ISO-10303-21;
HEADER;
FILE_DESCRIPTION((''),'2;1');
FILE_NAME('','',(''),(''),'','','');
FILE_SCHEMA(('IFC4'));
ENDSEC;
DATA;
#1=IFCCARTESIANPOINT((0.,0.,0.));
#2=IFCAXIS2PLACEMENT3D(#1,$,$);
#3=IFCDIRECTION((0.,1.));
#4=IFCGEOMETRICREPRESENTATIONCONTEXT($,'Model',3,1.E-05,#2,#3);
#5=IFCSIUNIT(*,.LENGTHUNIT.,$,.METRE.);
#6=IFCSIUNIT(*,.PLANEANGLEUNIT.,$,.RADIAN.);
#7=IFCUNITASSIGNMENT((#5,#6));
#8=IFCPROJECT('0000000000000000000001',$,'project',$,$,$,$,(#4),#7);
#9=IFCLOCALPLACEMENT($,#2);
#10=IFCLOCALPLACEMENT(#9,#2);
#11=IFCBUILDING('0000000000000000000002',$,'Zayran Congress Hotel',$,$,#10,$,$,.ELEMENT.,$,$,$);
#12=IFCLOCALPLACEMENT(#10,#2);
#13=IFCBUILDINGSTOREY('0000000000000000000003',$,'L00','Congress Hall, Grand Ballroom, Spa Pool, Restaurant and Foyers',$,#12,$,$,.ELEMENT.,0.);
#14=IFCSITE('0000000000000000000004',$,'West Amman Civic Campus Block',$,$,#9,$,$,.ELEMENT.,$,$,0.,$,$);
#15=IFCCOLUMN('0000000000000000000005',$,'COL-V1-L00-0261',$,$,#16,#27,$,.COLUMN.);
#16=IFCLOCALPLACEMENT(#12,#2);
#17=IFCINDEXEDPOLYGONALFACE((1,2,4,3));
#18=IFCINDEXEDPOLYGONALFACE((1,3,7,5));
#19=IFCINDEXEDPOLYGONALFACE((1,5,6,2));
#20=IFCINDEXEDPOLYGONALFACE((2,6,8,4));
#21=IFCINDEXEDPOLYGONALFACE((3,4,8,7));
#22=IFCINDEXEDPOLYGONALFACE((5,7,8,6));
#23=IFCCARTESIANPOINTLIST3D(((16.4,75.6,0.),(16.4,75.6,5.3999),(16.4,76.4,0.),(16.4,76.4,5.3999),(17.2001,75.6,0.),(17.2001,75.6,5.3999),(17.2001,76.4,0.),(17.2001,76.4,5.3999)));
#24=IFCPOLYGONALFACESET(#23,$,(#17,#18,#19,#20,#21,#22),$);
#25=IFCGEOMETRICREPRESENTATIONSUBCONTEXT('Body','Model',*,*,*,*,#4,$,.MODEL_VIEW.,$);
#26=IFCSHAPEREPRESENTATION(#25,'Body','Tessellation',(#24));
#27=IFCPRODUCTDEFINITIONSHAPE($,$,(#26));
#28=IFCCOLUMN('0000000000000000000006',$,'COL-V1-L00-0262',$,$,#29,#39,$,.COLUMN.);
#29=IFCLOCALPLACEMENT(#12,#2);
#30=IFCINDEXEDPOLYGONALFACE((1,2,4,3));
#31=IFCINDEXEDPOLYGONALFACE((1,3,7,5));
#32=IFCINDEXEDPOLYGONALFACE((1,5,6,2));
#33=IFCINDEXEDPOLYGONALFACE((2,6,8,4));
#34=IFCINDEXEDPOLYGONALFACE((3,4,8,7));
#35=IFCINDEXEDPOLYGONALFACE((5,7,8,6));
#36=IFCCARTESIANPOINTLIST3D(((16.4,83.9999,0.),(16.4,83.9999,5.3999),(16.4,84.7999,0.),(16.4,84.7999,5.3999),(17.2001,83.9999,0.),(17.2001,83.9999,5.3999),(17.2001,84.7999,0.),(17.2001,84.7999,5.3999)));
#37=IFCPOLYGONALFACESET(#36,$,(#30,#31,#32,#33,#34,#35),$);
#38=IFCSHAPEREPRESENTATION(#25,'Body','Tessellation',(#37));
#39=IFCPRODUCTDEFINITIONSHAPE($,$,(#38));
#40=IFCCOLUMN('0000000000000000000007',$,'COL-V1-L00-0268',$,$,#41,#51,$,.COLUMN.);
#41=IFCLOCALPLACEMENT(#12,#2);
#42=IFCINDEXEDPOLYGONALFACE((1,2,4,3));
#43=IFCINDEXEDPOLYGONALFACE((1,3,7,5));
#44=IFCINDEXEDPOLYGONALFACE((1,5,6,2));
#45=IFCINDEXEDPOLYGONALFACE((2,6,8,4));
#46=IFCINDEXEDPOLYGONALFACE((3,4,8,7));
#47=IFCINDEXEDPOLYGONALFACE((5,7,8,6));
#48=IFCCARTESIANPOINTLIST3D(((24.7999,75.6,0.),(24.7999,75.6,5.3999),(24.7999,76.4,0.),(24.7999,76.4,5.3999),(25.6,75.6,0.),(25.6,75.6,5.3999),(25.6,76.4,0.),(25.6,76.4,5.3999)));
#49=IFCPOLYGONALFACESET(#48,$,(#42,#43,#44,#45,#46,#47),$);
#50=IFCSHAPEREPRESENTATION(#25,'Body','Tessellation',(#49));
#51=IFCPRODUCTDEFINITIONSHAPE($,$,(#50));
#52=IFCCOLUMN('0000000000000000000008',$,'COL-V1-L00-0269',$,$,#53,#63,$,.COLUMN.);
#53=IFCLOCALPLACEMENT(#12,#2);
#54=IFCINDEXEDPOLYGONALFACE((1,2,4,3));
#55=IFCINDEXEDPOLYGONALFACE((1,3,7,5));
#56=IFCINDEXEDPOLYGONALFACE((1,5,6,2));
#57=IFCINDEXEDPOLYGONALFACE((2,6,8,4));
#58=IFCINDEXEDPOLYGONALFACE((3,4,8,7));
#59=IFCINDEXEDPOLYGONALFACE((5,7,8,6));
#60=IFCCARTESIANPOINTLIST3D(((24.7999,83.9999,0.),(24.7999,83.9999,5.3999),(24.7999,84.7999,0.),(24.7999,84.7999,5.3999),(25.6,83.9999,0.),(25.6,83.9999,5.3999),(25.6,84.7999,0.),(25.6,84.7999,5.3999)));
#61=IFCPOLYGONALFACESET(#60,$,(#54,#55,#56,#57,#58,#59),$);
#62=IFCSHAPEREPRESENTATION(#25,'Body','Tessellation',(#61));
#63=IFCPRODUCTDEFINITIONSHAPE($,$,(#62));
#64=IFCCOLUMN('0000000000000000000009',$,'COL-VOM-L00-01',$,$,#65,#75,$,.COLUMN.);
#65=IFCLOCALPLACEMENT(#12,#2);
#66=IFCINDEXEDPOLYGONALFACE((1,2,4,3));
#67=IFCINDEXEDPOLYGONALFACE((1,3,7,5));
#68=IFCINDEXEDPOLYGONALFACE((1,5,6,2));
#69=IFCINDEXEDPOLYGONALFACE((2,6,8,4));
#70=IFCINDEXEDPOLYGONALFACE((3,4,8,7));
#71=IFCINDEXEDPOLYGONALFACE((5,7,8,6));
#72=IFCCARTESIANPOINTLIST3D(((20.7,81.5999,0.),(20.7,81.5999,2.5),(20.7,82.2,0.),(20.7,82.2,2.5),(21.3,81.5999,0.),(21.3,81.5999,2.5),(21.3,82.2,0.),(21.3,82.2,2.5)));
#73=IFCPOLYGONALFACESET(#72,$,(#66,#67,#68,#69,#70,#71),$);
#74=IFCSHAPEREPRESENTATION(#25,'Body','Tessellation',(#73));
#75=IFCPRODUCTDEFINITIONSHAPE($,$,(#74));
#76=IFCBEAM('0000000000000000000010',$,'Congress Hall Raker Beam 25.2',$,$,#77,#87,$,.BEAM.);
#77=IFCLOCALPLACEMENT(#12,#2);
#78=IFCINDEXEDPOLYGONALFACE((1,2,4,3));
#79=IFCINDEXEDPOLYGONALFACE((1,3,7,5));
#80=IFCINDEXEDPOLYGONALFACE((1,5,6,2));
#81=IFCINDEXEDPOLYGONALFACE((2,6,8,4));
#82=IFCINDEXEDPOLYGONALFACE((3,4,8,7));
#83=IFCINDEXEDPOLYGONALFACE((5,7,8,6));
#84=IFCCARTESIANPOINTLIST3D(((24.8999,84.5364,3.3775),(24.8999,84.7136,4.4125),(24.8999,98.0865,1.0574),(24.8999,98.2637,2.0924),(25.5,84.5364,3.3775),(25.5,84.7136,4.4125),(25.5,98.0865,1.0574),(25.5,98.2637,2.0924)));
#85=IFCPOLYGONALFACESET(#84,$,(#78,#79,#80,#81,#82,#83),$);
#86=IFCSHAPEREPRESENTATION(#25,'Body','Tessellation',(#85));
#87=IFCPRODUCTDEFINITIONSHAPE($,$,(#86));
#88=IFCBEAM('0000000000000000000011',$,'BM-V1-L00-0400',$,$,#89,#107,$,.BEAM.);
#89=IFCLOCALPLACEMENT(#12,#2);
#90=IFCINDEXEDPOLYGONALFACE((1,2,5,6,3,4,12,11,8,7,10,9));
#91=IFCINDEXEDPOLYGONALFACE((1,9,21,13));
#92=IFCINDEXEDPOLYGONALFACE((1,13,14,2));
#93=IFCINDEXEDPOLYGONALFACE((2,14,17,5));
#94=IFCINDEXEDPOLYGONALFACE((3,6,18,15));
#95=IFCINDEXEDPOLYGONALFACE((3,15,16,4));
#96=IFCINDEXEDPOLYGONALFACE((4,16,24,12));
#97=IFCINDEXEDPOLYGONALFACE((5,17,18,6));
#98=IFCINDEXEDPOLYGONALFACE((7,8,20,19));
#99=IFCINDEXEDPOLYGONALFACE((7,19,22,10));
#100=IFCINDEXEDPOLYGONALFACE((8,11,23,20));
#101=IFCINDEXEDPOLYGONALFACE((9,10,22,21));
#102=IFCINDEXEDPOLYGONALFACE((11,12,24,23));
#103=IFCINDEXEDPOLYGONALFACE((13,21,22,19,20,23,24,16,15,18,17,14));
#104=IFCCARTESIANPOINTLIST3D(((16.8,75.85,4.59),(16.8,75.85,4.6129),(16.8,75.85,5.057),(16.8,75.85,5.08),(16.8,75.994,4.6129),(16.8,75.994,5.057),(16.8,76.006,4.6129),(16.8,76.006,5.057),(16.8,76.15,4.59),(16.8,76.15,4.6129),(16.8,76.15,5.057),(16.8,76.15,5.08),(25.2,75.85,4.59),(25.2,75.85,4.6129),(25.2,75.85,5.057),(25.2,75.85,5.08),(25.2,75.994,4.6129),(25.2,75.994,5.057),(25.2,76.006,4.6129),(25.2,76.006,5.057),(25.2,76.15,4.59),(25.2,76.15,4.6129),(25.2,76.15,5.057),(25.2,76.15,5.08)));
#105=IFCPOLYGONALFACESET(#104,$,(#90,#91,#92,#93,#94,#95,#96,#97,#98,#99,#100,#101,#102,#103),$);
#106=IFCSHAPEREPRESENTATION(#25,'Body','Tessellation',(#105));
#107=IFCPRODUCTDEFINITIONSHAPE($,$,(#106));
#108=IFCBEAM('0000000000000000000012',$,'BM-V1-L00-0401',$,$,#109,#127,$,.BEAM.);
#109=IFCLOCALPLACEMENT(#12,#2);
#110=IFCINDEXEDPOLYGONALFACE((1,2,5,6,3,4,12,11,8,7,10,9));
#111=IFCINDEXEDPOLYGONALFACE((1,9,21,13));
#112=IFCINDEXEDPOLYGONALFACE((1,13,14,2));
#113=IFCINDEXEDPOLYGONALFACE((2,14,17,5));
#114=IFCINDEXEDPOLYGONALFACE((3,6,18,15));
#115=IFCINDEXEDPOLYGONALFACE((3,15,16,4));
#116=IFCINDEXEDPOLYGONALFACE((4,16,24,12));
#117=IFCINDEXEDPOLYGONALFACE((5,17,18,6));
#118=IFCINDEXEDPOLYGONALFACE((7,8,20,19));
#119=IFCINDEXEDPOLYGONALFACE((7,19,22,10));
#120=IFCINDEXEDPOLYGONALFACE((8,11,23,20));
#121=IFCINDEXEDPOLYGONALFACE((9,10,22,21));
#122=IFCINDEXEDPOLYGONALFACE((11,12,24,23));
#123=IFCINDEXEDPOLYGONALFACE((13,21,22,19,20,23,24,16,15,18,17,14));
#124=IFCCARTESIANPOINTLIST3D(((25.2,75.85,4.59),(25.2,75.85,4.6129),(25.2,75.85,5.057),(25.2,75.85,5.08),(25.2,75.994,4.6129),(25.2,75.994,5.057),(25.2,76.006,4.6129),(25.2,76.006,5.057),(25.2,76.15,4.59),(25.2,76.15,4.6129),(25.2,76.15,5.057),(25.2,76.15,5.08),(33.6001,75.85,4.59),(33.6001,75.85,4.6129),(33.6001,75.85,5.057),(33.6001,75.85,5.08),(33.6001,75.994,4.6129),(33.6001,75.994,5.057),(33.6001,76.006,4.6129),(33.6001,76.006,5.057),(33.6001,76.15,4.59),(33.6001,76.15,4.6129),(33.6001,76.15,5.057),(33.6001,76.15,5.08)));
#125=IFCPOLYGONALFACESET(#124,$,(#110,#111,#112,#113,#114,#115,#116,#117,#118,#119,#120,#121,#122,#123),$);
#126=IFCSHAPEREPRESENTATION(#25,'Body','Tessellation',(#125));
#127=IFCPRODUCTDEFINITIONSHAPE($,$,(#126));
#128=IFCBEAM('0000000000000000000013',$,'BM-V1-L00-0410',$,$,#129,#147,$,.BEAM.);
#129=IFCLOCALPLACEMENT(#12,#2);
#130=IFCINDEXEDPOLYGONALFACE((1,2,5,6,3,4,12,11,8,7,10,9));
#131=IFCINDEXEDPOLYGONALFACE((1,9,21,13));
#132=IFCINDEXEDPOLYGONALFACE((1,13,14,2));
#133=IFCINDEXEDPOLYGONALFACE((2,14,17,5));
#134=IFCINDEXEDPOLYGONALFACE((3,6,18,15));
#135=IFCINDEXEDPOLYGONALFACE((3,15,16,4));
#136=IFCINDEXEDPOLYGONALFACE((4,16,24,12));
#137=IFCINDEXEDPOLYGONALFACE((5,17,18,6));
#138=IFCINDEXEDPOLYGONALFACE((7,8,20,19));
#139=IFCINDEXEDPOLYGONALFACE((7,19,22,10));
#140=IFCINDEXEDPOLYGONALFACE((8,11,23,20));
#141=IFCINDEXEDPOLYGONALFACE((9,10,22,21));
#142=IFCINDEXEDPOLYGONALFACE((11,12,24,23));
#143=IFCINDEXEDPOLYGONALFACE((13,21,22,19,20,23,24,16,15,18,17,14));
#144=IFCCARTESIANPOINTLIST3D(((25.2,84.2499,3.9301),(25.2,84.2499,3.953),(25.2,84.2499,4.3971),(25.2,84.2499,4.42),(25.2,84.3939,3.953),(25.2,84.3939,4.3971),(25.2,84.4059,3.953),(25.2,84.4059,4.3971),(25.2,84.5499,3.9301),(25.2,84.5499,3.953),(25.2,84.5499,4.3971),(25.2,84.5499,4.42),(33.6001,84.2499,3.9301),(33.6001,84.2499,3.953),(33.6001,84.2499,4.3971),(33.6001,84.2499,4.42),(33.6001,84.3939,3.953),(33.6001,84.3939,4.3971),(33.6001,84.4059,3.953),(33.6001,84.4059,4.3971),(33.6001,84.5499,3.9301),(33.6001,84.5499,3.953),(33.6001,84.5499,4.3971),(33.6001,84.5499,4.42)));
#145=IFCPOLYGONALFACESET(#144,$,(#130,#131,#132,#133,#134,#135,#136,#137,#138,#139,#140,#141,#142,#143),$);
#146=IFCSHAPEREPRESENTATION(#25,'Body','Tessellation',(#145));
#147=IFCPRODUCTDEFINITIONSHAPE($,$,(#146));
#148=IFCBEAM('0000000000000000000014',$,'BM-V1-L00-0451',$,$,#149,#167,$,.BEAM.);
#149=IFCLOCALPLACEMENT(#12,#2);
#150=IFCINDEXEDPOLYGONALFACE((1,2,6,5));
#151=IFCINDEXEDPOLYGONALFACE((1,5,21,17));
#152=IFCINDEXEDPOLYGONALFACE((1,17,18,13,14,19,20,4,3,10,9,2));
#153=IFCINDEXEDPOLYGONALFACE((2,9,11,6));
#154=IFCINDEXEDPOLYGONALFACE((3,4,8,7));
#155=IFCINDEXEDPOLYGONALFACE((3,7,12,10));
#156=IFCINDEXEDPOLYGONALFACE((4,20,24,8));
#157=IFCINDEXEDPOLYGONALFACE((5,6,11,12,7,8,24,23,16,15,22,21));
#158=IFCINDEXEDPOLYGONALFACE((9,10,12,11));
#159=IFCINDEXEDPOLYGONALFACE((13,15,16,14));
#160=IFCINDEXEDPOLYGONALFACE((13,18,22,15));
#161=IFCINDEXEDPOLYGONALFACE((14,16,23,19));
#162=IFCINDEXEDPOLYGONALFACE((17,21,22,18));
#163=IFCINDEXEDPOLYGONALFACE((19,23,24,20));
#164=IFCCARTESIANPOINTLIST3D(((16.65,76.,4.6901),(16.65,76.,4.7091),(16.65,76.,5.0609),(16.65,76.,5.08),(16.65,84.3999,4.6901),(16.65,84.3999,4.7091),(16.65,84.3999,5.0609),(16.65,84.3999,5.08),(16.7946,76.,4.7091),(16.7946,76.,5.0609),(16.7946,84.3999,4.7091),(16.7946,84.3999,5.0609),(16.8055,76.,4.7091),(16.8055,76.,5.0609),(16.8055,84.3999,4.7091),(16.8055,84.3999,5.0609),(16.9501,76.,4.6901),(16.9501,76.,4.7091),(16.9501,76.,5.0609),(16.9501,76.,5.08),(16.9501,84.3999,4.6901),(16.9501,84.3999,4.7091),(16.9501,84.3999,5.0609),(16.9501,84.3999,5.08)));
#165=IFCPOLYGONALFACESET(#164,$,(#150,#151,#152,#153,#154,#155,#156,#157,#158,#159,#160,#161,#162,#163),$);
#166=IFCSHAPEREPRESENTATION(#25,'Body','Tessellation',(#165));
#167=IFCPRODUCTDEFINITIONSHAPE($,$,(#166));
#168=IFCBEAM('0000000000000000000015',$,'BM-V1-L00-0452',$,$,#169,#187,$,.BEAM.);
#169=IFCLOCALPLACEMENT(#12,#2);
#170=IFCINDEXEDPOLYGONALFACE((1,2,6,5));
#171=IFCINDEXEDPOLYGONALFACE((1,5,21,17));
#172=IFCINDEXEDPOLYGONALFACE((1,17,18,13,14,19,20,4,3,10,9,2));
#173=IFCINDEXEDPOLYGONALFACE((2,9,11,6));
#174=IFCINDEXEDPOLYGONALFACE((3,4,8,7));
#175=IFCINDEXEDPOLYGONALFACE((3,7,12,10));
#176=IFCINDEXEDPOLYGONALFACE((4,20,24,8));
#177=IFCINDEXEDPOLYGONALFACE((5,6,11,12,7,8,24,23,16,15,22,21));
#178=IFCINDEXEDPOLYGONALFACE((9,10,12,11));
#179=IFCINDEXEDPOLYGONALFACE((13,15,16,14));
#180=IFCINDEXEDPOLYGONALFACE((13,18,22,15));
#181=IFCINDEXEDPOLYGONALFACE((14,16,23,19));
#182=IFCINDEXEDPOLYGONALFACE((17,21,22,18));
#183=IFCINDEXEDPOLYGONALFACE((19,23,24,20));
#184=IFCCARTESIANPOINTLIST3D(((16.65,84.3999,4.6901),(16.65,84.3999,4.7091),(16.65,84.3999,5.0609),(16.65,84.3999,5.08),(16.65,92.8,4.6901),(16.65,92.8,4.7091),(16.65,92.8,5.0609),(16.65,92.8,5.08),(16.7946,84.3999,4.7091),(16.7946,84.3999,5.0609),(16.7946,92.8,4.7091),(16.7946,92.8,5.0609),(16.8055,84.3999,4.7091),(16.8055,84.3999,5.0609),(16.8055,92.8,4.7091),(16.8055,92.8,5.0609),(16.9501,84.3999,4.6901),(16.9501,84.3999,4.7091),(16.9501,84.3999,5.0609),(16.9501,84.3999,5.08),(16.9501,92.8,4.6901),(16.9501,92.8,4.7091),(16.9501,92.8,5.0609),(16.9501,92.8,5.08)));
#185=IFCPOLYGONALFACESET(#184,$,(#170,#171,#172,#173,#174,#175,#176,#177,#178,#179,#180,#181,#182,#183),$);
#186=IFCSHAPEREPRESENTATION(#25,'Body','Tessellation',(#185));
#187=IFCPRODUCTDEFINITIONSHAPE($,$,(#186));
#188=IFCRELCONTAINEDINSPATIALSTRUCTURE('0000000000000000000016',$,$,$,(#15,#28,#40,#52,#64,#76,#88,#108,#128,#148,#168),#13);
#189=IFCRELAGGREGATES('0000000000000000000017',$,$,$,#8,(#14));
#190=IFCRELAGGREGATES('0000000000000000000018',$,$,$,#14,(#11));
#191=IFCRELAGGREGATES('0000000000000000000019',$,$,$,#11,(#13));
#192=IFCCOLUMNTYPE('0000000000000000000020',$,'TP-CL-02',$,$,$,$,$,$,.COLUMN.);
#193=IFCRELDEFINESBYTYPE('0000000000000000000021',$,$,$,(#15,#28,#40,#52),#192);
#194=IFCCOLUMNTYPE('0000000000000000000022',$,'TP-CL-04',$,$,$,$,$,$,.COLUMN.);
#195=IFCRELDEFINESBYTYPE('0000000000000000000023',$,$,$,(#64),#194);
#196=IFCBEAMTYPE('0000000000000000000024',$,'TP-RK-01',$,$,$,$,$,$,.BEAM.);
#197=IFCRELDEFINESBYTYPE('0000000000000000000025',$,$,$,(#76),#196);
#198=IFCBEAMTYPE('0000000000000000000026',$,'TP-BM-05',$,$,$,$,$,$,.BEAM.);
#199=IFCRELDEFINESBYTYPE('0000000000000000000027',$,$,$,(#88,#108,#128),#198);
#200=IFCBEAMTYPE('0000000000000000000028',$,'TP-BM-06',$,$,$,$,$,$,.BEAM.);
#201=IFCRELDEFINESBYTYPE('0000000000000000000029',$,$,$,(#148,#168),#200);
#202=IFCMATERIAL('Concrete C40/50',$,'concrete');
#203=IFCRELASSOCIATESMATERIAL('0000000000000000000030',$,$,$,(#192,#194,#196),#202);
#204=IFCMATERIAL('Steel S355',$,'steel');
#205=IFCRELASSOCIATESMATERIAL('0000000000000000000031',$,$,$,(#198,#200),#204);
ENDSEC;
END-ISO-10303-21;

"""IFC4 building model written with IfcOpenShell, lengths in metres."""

from ifc_helpers import new_model, si_unit, direction, frame, origin, origin_2d, place, context, subcontext, project, spatial, rectangle, i_section, extrude, material, material_profile, profile_set, type_object, element, save


model = new_model("IFC4")

# Units and contexts
model_context = context("Model", 3, precision=1e-05, world=origin(), true_north=direction((0.0, 1.0)))
body_context = subcontext(model_context, "Body", "Model", "MODEL_VIEW")
ifc_project = project(units=[si_unit("LENGTHUNIT", "METRE"), si_unit("PLANEANGLEUNIT", "RADIAN")], contexts=[model_context])

# Site, building, storey
site_placement = place(None, origin())
site = spatial("IfcSite", under=ifc_project, at=site_placement, Name="West Amman Civic Campus Block", CompositionType="ELEMENT", RefElevation=0.0)
building_placement = place(site_placement, origin())
building = spatial("IfcBuilding", under=site, at=building_placement, Name="Zayran Congress Hotel", CompositionType="ELEMENT")
storey_placement = place(building_placement, origin())
storey = spatial("IfcBuildingStorey", under=building, at=storey_placement, Name="L00", Description="Congress Hall, Grand Ballroom, Spa Pool, Restaurant and Foyers", CompositionType="ELEMENT", Elevation=0.0)

# Columns
ifc_material_1 = material(Name="Concrete C40/50", Category="concrete")
ifc_material_profile_1 = material_profile(ifc_material_1, rectangle(XDim=0.8, YDim=0.8, at=origin_2d()), Name="RC 800x800")
ifc_profile_set_1 = profile_set([ifc_material_profile_1], Name="Concrete C40/50")
column_type_1 = type_object("IfcColumnType", Name="TP-CL-02", PredefinedType="COLUMN", material=ifc_profile_set_1)
for number, where, z_axis, x_axis, name in (
    (1, (16.8, 76.0, 0.0), (0.0, 0.0, 1.0), (1.0, 0.0, 0.0), "COL-V1-L00-0261"),
    (2, (16.8, 84.3999, 0.0), (0.0, 0.0, 1.0), (1.0, 0.0, 0.0), "COL-V1-L00-0262"),
    (3, (25.2, 76.0, 0.0), (0.0, 0.0, 1.0), (1.0, 0.0, 0.0), "COL-V1-L00-0268"),
    (4, (25.2, 84.3999, 0.0), (0.0, 0.0, 1.0), (1.0, 0.0, 0.0), "COL-V1-L00-0269"),
):
    element("IfcColumn", number, at=place(storey_placement, frame(where, z_axis=z_axis, x_axis=x_axis)), inside=storey, type_object=column_type_1, Name=name, PredefinedType="COLUMN", context=body_context, shape_type="SweptSolid", body=[
        extrude(rectangle(XDim=0.8, YDim=0.8, at=origin_2d()), origin(), (0.0, 0.0, 1.0), 5.3999),
    ])
ifc_material_profile_2 = material_profile(ifc_material_1, rectangle(XDim=0.6001, YDim=0.6001, at=origin_2d()), Name="RC 600x600")
ifc_profile_set_2 = profile_set([ifc_material_profile_2], Name="Concrete C40/50")
column_type_2 = type_object("IfcColumnType", Name="TP-CL-04", PredefinedType="COLUMN", material=ifc_profile_set_2)
column_placement = place(storey_placement, frame((21.0, 81.8999, 0.0), z_axis=(0.0, 0.0, 1.0), x_axis=(1.0, 0.0, 0.0)))
element("IfcColumn", 5, at=column_placement, inside=storey, type_object=column_type_2, Name="COL-VOM-L00-01", PredefinedType="COLUMN", context=body_context, shape_type="SweptSolid", body=[
    extrude(rectangle(XDim=0.6001, YDim=0.6001, at=origin_2d()), origin(), (0.0, 0.0, 1.0), 2.5),
])

# Beams
ifc_material_profile_3 = material_profile(ifc_material_1, rectangle(XDim=0.6001, YDim=1.05, at=origin_2d()), Name="RC 600x1050")
ifc_profile_set_3 = profile_set([ifc_material_profile_3], Name="Concrete C40/50")
beam_type_1 = type_object("IfcBeamType", Name="TP-RK-01", PredefinedType="BEAM", material=ifc_profile_set_3)
beam_1_placement = place(storey_placement, frame((25.2, 84.625, 3.895), z_axis=(0.0, 0.985656, -0.168766), x_axis=(-1.0, 0.0, 0.0)))
element("IfcBeam", 6, at=beam_1_placement, inside=storey, type_object=beam_type_1, Name="Congress Hall Raker Beam 25.2", PredefinedType="BEAM", context=body_context, shape_type="SweptSolid", body=[
    extrude(rectangle(XDim=0.6001, YDim=1.05, at=origin_2d()), origin(), (0.0, 0.0, 1.0), 13.7473),
])
ifc_material_2 = material(Name="Steel S355", Category="steel")
ifc_material_profile_4 = material_profile(ifc_material_2, i_section(OverallWidth=0.3, OverallDepth=0.49, WebThickness=0.012, FlangeThickness=0.0229, at=origin_2d()), Name="HEA 500")
ifc_profile_set_4 = profile_set([ifc_material_profile_4], Name="Steel S355")
beam_type_2 = type_object("IfcBeamType", Name="TP-BM-05", PredefinedType="BEAM", material=ifc_profile_set_4)
beam_2_placement = place(storey_placement, frame((16.8, 76.0, 4.835), z_axis=(1.0, 0.0, 0.0), x_axis=(0.0, 1.0, 0.0)))
element("IfcBeam", 7, at=beam_2_placement, inside=storey, type_object=beam_type_2, Name="BM-V1-L00-0400", PredefinedType="BEAM", context=body_context, shape_type="SweptSolid", body=[
    extrude(i_section(OverallWidth=0.3, OverallDepth=0.49, WebThickness=0.012, FlangeThickness=0.0229, at=origin_2d()), origin(), (0.0, 0.0, 1.0), 8.3999),
])
for number, where, z_axis, x_axis, name in (
    (8, (25.2, 76.0, 4.835), (1.0, 0.0, 0.0), (0.0, 1.0, 0.0), "BM-V1-L00-0401"),
    (9, (25.2, 84.3999, 4.175), (1.0, 0.0, 0.0), (0.0, 1.0, 0.0), "BM-V1-L00-0410"),
):
    element("IfcBeam", number, at=place(storey_placement, frame(where, z_axis=z_axis, x_axis=x_axis)), inside=storey, type_object=beam_type_2, Name=name, PredefinedType="BEAM", context=body_context, shape_type="SweptSolid", body=[
        extrude(i_section(OverallWidth=0.3, OverallDepth=0.49, WebThickness=0.012, FlangeThickness=0.0229, at=origin_2d()), origin(), (0.0, 0.0, 1.0), 8.4001),
    ])
ifc_material_profile_5 = material_profile(ifc_material_2, i_section(OverallWidth=0.3, OverallDepth=0.3899, WebThickness=0.011, FlangeThickness=0.019, at=origin_2d()), Name="HEA 400")
ifc_profile_set_5 = profile_set([ifc_material_profile_5], Name="Steel S355")
beam_type_3 = type_object("IfcBeamType", Name="TP-BM-06", PredefinedType="BEAM", material=ifc_profile_set_5)
beam_3_placement = place(storey_placement, frame((16.8, 76.0, 4.885), z_axis=(0.0, 1.0, 0.0), x_axis=(-1.0, 0.0, 0.0)))
element("IfcBeam", 10, at=beam_3_placement, inside=storey, type_object=beam_type_3, Name="BM-V1-L00-0451", PredefinedType="BEAM", context=body_context, shape_type="SweptSolid", body=[
    extrude(i_section(OverallWidth=0.3, OverallDepth=0.3899, WebThickness=0.011, FlangeThickness=0.019, at=origin_2d()), origin(), (0.0, 0.0, 1.0), 8.3999),
])
beam_4_placement = place(storey_placement, frame((16.8, 84.3999, 4.885), z_axis=(0.0, 1.0, 0.0), x_axis=(-1.0, 0.0, 0.0)))
element("IfcBeam", 11, at=beam_4_placement, inside=storey, type_object=beam_type_3, Name="BM-V1-L00-0452", PredefinedType="BEAM", context=body_context, shape_type="SweptSolid", body=[
    extrude(i_section(OverallWidth=0.3, OverallDepth=0.3899, WebThickness=0.011, FlangeThickness=0.019, at=origin_2d()), origin(), (0.0, 0.0, 1.0), 8.4001),
])

save(model, "model.ifc")
